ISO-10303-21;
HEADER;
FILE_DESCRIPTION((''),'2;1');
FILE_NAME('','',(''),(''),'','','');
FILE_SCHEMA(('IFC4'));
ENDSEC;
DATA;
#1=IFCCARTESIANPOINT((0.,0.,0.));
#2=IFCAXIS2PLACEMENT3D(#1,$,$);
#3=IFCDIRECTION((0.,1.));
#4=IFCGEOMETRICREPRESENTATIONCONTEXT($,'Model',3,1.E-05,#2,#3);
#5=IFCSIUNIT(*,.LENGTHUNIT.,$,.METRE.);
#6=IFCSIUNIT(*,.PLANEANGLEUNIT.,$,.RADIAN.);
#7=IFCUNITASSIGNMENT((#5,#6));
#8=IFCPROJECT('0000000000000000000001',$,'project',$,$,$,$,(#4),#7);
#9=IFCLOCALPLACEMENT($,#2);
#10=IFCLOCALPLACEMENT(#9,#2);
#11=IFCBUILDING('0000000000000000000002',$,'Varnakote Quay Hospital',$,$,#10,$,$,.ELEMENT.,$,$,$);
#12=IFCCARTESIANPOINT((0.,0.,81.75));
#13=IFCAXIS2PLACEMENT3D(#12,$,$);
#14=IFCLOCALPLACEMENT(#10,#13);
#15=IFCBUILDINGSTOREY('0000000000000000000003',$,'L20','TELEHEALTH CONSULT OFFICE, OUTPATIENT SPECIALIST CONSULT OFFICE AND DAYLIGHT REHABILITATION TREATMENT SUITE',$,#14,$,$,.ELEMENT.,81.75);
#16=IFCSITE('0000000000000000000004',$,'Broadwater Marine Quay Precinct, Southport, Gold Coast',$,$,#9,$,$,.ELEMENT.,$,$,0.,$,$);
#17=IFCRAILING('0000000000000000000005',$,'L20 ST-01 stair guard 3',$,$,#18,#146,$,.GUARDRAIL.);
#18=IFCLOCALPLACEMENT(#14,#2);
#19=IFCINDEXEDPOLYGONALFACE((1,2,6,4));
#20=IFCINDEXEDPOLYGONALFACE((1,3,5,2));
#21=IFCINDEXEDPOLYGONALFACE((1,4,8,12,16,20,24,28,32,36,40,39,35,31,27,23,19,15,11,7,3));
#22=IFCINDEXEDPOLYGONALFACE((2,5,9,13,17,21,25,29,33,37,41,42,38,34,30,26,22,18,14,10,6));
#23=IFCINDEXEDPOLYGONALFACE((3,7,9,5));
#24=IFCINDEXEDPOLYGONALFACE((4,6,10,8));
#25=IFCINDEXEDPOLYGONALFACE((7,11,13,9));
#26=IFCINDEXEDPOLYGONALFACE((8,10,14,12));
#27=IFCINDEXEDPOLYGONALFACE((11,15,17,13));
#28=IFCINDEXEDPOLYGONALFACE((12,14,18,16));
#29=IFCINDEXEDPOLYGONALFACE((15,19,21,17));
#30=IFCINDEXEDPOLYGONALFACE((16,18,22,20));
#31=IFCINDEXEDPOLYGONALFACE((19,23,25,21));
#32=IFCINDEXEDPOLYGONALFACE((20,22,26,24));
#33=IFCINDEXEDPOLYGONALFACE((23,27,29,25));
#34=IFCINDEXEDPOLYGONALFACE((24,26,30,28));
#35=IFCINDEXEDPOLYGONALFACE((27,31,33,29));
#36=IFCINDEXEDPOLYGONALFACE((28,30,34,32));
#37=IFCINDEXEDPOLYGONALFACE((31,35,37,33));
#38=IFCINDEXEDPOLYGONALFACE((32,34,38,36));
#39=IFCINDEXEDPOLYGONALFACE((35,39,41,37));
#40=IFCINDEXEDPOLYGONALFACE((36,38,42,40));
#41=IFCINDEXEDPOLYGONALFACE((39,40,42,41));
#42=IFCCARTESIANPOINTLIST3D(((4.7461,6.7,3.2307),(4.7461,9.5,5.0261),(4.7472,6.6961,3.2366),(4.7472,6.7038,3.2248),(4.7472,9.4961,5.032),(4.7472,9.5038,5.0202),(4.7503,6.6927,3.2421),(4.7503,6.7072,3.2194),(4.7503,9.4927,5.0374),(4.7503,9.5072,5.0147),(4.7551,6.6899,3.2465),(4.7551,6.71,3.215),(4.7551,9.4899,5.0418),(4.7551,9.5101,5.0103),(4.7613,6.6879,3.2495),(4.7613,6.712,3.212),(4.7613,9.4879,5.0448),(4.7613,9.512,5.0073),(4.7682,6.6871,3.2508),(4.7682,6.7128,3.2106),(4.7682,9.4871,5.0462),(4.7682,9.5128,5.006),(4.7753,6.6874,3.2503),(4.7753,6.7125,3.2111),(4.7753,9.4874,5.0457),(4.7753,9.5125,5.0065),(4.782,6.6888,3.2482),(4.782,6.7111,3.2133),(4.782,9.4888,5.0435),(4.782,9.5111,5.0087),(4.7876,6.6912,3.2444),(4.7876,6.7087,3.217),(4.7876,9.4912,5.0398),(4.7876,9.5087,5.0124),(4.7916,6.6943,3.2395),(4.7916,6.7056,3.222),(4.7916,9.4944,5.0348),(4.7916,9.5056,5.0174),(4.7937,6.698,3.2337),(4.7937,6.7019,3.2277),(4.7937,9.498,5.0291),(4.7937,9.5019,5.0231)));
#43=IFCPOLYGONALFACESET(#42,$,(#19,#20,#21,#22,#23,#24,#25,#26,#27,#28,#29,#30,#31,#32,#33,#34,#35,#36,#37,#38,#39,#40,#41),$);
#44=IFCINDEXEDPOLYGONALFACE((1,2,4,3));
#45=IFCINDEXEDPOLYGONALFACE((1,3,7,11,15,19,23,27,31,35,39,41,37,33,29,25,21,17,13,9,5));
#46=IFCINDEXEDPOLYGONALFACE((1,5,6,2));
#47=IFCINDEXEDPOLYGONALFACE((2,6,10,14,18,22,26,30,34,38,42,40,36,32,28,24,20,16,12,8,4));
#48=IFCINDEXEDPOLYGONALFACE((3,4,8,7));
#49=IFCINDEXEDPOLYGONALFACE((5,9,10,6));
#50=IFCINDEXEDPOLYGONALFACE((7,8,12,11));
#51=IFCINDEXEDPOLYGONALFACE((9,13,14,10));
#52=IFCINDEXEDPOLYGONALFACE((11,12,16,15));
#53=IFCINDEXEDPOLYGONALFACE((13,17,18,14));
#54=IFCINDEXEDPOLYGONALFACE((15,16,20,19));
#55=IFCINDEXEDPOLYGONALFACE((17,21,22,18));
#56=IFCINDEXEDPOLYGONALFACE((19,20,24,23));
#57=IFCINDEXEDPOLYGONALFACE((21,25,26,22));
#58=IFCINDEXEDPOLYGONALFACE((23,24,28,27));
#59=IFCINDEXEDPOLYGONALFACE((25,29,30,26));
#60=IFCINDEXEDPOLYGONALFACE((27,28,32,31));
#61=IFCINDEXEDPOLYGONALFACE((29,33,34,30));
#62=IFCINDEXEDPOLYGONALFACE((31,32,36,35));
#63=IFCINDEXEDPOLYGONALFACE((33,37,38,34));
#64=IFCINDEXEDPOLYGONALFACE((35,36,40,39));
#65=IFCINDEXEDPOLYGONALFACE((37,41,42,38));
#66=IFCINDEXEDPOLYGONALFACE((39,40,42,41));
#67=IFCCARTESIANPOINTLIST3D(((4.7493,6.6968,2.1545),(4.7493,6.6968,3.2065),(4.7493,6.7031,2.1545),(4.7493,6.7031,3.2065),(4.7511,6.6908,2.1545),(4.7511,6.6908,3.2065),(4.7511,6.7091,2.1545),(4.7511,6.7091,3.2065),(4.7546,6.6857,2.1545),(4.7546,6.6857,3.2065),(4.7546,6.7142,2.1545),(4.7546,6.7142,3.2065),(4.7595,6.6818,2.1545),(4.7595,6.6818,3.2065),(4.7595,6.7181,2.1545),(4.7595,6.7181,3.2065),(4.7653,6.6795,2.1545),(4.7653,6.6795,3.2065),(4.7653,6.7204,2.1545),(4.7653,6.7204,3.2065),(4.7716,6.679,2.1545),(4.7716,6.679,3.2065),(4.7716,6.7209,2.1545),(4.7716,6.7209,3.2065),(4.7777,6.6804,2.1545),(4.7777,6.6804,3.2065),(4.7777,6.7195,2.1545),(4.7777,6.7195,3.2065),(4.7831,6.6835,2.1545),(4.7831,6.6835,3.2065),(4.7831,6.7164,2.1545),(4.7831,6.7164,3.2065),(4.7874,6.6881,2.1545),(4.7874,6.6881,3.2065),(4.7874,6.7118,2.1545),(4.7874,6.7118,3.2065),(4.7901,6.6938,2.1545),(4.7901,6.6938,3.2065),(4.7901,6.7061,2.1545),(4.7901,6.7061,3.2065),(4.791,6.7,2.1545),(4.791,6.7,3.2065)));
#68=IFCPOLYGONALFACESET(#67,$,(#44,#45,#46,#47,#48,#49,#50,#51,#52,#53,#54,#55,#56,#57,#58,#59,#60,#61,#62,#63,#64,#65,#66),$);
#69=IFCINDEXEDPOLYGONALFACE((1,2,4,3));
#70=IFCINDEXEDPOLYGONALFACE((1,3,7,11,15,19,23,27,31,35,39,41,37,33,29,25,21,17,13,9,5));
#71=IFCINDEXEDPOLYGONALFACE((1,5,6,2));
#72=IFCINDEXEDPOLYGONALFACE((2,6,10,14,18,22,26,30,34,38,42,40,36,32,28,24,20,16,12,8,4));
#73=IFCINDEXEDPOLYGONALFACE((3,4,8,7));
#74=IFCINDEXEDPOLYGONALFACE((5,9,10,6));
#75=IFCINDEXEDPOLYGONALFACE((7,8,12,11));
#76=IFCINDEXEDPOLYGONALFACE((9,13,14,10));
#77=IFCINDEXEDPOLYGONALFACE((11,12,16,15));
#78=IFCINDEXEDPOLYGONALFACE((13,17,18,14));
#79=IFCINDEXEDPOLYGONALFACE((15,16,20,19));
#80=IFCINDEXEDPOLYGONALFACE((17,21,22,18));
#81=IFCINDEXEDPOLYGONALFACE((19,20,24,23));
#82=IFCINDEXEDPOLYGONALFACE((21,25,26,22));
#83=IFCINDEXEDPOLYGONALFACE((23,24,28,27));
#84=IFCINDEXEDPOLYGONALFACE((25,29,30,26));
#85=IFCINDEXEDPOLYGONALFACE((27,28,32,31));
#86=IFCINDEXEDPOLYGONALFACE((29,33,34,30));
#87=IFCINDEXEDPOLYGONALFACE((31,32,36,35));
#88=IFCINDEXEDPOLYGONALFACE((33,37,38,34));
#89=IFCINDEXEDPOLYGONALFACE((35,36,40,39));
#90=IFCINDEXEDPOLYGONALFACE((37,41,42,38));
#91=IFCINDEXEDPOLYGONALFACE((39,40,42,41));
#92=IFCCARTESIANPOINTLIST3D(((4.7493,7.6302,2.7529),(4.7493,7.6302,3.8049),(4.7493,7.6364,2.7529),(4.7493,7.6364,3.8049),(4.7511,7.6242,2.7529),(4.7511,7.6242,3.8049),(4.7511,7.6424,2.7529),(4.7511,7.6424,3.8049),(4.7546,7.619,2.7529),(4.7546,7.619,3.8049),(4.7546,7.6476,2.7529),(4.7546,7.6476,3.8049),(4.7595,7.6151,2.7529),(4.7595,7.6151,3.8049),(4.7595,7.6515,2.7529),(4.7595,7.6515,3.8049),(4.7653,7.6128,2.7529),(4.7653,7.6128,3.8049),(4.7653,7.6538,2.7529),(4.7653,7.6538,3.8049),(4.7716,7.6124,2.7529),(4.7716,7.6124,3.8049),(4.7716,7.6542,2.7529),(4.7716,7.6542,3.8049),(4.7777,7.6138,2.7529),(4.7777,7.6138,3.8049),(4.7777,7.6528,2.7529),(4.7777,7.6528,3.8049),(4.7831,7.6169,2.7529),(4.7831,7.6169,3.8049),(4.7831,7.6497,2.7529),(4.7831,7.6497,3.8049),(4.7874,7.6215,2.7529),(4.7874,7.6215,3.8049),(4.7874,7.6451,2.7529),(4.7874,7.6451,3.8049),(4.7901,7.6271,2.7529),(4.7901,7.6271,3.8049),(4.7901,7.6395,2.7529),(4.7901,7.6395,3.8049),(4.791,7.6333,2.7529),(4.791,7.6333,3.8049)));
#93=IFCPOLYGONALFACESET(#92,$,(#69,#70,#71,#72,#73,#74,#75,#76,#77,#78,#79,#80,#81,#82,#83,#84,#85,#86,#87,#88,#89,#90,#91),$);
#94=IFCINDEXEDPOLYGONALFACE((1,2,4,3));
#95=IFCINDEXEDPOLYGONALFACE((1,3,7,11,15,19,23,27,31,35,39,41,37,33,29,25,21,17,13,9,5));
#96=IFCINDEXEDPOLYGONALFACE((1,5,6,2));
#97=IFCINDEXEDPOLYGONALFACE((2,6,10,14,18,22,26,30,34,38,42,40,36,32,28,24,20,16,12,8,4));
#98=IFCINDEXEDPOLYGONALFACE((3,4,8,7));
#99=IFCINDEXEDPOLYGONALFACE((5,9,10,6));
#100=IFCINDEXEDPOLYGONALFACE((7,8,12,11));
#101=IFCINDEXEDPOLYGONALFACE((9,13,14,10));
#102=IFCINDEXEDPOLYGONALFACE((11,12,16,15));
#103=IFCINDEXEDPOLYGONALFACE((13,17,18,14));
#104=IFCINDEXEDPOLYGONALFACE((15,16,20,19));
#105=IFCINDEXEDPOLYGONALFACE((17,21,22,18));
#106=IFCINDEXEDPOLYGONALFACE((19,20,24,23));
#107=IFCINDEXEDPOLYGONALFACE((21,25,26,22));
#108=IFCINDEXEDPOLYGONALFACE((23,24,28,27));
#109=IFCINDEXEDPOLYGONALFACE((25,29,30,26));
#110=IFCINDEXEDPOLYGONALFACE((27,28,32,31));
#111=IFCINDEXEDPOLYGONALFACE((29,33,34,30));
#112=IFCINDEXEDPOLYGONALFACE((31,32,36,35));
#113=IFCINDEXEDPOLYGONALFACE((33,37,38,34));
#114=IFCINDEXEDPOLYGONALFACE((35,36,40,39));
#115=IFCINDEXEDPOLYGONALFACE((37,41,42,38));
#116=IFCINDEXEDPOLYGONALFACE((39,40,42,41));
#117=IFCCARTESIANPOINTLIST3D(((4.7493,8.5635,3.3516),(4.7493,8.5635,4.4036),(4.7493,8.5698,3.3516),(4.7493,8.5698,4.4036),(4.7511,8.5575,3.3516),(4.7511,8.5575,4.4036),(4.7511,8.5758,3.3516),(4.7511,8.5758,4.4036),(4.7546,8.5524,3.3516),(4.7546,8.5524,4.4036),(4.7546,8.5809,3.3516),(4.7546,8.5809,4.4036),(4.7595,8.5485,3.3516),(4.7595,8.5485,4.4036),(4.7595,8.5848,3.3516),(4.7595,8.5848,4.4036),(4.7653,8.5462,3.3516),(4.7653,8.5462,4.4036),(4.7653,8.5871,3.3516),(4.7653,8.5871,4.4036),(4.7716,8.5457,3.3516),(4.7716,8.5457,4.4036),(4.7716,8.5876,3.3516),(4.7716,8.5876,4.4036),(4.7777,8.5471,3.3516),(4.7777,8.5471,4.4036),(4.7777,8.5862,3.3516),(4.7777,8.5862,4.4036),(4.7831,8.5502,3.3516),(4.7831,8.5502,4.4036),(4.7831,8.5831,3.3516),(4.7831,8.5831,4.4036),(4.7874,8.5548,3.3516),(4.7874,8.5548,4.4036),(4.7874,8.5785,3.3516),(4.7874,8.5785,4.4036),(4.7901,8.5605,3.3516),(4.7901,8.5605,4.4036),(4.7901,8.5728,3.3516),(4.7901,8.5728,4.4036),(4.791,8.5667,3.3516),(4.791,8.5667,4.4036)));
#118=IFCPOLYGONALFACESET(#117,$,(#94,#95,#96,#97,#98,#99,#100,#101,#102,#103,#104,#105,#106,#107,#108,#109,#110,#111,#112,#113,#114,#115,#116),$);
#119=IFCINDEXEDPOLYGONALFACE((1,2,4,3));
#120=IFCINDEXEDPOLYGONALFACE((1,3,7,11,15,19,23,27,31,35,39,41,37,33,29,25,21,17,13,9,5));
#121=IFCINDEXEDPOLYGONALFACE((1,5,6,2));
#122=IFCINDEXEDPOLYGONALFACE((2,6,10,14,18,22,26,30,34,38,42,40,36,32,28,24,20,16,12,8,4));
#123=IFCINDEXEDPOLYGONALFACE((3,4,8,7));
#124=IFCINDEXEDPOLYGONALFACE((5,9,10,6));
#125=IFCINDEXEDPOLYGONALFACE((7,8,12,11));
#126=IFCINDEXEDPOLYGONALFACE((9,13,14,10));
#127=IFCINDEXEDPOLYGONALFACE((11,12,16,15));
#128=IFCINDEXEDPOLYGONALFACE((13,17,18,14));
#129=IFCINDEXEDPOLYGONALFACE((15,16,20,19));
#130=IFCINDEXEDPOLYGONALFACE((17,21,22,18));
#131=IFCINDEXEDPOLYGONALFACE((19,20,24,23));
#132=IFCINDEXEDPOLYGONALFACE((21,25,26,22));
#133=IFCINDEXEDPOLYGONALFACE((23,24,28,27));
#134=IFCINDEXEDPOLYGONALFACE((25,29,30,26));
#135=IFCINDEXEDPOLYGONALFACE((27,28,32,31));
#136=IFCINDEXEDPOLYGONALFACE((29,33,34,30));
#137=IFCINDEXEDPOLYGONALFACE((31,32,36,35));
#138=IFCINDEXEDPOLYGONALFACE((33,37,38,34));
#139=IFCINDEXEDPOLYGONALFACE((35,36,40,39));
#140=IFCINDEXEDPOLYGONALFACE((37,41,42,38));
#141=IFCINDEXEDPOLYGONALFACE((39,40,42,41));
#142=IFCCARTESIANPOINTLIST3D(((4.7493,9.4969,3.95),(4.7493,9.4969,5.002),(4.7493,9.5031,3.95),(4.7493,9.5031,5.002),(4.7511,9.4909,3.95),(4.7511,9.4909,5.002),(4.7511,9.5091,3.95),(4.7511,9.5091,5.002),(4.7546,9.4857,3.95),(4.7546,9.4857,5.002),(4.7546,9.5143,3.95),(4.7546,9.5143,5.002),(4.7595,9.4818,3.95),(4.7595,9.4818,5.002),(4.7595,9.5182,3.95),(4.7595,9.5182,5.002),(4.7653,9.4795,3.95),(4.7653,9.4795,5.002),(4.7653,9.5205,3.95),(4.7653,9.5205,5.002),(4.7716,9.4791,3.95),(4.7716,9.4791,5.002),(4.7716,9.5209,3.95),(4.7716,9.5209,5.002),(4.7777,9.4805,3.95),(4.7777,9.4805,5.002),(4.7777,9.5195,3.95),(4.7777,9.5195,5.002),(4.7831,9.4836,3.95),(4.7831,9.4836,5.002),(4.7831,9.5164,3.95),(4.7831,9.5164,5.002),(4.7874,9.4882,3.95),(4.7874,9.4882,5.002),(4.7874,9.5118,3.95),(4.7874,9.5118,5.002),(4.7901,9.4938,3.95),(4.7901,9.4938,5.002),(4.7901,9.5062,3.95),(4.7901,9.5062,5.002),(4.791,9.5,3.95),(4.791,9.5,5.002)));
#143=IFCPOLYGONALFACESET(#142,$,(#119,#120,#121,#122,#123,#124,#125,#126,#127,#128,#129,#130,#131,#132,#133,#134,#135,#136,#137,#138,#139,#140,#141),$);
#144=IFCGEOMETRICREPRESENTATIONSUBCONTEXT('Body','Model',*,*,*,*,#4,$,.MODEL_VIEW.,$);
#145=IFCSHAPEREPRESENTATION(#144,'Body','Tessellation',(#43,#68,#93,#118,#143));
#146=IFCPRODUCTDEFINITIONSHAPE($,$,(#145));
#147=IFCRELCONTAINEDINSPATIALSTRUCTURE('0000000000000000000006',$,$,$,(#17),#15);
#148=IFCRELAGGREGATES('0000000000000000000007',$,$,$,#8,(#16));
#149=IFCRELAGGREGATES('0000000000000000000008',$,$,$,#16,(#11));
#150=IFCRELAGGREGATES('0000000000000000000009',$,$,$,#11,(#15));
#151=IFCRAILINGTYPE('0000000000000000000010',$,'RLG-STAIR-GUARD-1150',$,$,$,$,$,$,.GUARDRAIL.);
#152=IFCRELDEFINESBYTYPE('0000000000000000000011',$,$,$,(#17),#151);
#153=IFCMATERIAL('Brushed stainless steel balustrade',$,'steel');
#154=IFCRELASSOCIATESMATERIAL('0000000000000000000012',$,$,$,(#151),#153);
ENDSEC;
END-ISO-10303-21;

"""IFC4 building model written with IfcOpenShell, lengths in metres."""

from ifc_helpers import new_model, si_unit, direction, frame, origin, origin_2d, place, context, subcontext, project, spatial, circle, extrude, material, type_object, element, save


model = new_model("IFC4")

# Units and contexts
model_context = context("Model", 3, precision=1e-05, world=origin(), true_north=direction((0.0, 1.0)))
body_context = subcontext(model_context, "Body", "Model", "MODEL_VIEW")
ifc_project = project(units=[si_unit("LENGTHUNIT", "METRE"), si_unit("PLANEANGLEUNIT", "RADIAN")], contexts=[model_context])

# Site, building, storey
site_placement = place(None, origin())
site = spatial("IfcSite", under=ifc_project, at=site_placement, Name="Broadwater Marine Quay Precinct, Southport, Gold Coast", CompositionType="ELEMENT", RefElevation=0.0)
building_placement = place(site_placement, origin())
building = spatial("IfcBuilding", under=site, at=building_placement, Name="Varnakote Quay Hospital", CompositionType="ELEMENT")
storey_placement = place(building_placement, frame((0.0, 0.0, 81.75)))
storey = spatial("IfcBuildingStorey", under=building, at=storey_placement, Name="L20", Description="TELEHEALTH CONSULT OFFICE, OUTPATIENT SPECIALIST CONSULT OFFICE AND DAYLIGHT REHABILITATION TREATMENT SUITE", CompositionType="ELEMENT", Elevation=81.75)

# Railing
ifc_material_1 = material(Name="Brushed stainless steel balustrade", Category="steel")
railing_type_1 = type_object("IfcRailingType", Name="RLG-STAIR-GUARD-1150", PredefinedType="GUARDRAIL", material=ifc_material_1)
railing_1_placement = place(storey_placement, frame((4.77, 6.7, 2.1545)))
element("IfcRailing", 1, at=railing_1_placement, inside=storey, type_object=railing_type_1, Name="L20 ST-01 stair guard 3", PredefinedType="GUARDRAIL", context=body_context, shape_type="SweptSolid", body=[
    extrude(circle(Radius=0.0239, at=origin_2d()), frame((0.0, 0.0, 1.0762), z_axis=(0.0, 0.84181, 0.539774), x_axis=(-1.0, 0.0, 0.0)), (0.0, 0.0, 1.0), 3.3262),
    extrude(circle(Radius=0.021, at=origin_2d()), origin(), (0.0, 0.0, 1.0), 1.052),
    extrude(circle(Radius=0.021, at=origin_2d()), frame((0.0, 0.9333, 0.5984)), (0.0, 0.0, 1.0), 1.052),
    extrude(circle(Radius=0.021, at=origin_2d()), frame((0.0, 1.8667, 1.197)), (0.0, 0.0, 1.0), 1.052),
    extrude(circle(Radius=0.021, at=origin_2d()), frame((0.0, 2.8, 1.7954)), (0.0, 0.0, 1.0), 1.052),
])

save(model, "model.ifc")
